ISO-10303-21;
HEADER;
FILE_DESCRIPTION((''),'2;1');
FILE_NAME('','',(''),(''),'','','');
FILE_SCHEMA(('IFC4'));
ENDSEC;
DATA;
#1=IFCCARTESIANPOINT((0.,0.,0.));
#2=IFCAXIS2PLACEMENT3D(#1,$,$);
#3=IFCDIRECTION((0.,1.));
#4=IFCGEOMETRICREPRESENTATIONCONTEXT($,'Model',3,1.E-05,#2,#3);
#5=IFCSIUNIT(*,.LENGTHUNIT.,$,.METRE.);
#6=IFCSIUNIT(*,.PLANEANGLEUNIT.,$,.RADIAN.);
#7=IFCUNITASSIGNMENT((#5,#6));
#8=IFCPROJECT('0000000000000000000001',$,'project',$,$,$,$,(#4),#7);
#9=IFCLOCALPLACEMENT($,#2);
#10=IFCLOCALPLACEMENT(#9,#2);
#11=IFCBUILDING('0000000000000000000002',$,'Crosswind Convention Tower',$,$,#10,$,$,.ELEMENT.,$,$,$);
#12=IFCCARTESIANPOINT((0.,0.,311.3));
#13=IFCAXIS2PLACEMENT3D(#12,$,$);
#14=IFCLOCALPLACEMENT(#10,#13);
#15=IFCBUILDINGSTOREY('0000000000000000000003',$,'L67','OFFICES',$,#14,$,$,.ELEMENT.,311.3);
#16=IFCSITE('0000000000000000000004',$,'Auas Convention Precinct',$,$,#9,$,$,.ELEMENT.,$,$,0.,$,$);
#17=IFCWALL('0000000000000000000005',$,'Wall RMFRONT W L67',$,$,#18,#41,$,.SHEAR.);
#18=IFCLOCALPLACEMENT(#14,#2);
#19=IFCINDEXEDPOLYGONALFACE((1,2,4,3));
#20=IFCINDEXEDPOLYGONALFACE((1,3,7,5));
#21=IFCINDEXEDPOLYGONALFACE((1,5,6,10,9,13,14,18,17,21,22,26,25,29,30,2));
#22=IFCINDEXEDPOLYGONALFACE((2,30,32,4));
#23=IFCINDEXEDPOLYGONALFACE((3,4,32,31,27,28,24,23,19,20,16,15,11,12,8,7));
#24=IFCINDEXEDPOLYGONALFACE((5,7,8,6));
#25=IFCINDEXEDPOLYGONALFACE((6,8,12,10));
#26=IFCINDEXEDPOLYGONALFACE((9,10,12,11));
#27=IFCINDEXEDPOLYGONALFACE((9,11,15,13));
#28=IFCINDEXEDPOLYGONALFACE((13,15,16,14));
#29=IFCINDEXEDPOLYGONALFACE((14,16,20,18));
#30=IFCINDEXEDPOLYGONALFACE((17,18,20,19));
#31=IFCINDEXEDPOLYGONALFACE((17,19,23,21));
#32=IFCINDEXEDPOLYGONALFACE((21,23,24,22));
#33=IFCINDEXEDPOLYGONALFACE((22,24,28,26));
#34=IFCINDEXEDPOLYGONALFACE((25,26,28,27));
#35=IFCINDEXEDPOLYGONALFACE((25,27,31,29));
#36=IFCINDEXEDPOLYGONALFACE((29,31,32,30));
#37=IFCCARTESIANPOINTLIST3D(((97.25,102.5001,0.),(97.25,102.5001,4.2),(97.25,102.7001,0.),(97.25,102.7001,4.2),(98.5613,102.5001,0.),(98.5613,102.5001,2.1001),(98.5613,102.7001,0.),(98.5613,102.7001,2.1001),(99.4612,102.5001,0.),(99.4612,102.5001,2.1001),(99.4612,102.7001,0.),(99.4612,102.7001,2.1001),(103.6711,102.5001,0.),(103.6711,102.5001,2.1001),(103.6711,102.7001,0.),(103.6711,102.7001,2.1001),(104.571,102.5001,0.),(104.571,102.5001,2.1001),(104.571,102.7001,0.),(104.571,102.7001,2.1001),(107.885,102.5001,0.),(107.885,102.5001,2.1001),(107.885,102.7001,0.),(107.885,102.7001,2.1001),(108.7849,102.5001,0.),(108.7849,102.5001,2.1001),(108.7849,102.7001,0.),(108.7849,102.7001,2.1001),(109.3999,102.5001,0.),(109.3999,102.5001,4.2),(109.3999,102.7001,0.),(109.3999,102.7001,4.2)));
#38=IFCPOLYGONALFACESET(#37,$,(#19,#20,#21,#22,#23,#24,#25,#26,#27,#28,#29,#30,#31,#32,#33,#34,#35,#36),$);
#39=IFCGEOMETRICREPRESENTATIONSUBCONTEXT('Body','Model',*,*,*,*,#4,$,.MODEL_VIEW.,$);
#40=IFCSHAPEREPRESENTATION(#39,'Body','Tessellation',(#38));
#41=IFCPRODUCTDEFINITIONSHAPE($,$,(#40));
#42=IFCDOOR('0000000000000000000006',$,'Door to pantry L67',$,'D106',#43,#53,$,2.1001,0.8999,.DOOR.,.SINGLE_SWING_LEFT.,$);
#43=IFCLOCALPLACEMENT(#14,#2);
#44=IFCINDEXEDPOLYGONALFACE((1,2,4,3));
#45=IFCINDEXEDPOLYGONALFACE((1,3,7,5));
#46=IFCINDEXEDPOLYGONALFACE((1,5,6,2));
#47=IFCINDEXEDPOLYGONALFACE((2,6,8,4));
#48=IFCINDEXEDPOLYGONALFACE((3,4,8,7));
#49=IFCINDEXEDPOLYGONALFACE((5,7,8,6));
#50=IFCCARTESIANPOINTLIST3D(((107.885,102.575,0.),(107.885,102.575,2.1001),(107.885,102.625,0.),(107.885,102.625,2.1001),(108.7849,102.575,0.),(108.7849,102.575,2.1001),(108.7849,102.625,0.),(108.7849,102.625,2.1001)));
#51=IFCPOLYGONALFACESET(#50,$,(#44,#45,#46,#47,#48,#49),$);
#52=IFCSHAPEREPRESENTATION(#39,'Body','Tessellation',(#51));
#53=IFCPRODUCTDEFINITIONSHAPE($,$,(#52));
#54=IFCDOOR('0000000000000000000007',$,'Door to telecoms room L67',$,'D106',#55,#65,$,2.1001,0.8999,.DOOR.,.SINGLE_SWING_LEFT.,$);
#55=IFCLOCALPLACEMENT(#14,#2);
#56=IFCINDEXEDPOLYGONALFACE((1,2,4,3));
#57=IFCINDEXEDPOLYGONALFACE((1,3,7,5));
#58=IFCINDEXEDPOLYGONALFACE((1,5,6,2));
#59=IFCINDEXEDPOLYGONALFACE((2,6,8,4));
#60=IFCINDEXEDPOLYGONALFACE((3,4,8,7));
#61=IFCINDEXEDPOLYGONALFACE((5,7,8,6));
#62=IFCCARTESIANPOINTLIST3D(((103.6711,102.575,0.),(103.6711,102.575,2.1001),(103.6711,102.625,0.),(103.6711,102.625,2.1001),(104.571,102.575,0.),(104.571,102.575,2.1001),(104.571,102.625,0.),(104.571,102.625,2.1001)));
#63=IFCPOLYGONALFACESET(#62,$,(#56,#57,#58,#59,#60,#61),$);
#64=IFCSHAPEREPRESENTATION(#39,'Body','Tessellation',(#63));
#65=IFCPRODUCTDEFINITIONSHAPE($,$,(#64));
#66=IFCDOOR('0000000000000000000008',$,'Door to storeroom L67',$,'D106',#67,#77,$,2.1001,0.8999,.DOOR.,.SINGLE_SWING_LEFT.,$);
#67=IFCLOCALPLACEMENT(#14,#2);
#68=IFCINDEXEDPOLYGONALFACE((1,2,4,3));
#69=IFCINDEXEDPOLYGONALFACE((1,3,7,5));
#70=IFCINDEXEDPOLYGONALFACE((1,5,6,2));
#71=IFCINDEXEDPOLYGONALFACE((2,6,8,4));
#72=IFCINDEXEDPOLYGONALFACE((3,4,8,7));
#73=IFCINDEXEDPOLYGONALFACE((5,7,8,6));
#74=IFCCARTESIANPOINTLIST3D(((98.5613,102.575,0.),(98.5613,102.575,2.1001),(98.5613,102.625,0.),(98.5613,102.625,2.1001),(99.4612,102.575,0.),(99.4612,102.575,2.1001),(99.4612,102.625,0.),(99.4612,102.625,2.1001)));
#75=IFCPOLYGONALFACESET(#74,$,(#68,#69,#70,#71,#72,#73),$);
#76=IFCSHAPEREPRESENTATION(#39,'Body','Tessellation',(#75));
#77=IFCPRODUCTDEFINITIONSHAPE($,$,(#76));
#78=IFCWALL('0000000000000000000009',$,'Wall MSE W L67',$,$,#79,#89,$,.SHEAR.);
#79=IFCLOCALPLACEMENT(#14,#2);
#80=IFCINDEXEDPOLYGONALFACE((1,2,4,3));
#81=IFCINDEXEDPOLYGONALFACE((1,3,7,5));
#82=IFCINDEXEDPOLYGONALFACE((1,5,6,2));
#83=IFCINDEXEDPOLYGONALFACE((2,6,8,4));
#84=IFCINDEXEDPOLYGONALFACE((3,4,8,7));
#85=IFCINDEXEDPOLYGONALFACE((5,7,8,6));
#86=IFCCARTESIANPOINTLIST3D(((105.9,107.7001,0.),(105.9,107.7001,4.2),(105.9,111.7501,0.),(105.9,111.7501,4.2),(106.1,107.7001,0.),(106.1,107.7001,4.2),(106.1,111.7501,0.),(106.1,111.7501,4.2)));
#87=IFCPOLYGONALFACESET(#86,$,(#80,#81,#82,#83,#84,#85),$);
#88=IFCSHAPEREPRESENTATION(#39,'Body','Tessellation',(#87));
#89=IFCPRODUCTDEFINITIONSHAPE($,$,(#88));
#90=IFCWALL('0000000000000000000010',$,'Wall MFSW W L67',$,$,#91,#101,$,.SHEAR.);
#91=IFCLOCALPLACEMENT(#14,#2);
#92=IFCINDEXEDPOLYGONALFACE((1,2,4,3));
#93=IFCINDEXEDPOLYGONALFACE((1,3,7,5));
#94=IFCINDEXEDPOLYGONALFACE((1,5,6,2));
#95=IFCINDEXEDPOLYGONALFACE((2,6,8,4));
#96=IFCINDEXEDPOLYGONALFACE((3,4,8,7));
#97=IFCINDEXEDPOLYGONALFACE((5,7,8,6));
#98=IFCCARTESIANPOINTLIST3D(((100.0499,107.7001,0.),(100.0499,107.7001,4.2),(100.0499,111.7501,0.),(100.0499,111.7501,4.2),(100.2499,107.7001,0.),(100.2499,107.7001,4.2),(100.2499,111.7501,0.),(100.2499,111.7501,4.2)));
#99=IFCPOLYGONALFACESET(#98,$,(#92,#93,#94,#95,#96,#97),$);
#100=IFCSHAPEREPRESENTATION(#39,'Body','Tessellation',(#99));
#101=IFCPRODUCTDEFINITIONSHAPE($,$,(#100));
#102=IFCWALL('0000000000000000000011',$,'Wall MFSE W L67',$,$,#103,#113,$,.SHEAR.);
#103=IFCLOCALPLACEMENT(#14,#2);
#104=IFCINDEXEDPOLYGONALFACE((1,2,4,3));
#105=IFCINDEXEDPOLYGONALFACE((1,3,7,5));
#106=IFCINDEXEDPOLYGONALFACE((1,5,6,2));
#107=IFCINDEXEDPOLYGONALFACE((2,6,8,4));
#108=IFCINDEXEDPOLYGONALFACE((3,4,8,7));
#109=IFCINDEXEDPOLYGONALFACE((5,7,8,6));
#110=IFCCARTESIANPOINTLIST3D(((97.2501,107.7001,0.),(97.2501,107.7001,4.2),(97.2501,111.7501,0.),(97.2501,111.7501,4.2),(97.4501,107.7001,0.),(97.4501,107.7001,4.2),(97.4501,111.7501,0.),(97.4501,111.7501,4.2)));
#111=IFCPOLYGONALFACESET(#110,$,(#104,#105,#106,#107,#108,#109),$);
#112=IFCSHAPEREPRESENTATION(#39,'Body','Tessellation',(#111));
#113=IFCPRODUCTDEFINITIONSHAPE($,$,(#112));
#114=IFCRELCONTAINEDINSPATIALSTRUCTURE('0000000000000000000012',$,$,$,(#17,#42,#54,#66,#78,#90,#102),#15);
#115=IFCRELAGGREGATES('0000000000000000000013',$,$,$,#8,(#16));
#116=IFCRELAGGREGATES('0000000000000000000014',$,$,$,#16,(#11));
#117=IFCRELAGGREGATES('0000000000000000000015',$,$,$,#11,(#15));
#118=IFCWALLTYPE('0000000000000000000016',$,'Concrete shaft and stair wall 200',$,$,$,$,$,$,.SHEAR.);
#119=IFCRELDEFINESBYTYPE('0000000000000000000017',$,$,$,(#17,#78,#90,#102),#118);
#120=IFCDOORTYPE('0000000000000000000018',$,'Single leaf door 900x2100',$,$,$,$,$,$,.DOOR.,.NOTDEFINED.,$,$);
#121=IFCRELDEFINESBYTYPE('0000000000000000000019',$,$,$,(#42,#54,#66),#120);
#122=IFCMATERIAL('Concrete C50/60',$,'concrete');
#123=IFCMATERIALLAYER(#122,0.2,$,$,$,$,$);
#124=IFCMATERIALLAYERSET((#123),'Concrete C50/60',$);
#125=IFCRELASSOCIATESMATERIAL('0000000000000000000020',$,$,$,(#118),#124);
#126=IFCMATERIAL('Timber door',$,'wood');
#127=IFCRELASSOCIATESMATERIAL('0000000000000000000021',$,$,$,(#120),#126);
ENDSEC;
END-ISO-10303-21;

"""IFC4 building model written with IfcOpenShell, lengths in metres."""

from ifc_helpers import new_model, si_unit, direction, frame, frame_2d, origin, place, context, subcontext, project, spatial, rectangle, extrude, material, layer, layer_set, type_object, element, fill, save


model = new_model("IFC4")

# Units and contexts
model_context = context("Model", 3, precision=1e-05, world=origin(), true_north=direction((0.0, 1.0)))
body_context = subcontext(model_context, "Body", "Model", "MODEL_VIEW")
ifc_project = project(units=[si_unit("LENGTHUNIT", "METRE"), si_unit("PLANEANGLEUNIT", "RADIAN")], contexts=[model_context])

# Site, building, storey
site_placement = place(None, origin())
site = spatial("IfcSite", under=ifc_project, at=site_placement, Name="Auas Convention Precinct", CompositionType="ELEMENT", RefElevation=0.0)
building_placement = place(site_placement, origin())
building = spatial("IfcBuilding", under=site, at=building_placement, Name="Crosswind Convention Tower", CompositionType="ELEMENT")
storey_placement = place(building_placement, frame((0.0, 0.0, 311.3)))
storey = spatial("IfcBuildingStorey", under=building, at=storey_placement, Name="L67", Description="OFFICES", CompositionType="ELEMENT", Elevation=311.3)

# Shared definitions
ifc_material_1 = material(Name="Concrete C50/60", Category="concrete")
ifc_layer_1 = layer(ifc_material_1, 0.2)
ifc_layer_set_1 = layer_set([ifc_layer_1], Name="Concrete C50/60")
wall_type_1 = type_object("IfcWallType", Name="Concrete shaft and stair wall 200", PredefinedType="SHEAR", material=ifc_layer_set_1)

# Wall, openings, doors
wall_1_placement = place(storey_placement, frame((109.3999, 102.6001, 0.0), z_axis=(0.0, 0.0, 1.0), x_axis=(-1.0, 0.0, 0.0)))
wall_1 = element("IfcWall", 1, at=wall_1_placement, inside=storey, type_object=wall_type_1, Name="Wall RMFRONT W L67", PredefinedType="SHEAR", context=body_context, shape_type="SweptSolid", body=[
    extrude(rectangle(XDim=12.1499, YDim=0.2, at=frame_2d((6.075, 0.0))), origin(), (0.0, 0.0, 1.0), 4.2),
])
opening_1_placement = place(wall_1_placement, frame((0.615, 0.0, 0.0)))
opening_1 = element("IfcOpeningElement", 2, at=opening_1_placement, cuts=wall_1, PredefinedType="OPENING", context=body_context, shape_type="SweptSolid", body=[
    extrude(rectangle(XDim=0.8999, YDim=2.1001, at=frame_2d((0.45, 1.05))), frame((0.0, 0.1099, 0.0), z_axis=(0.0, -1.0, 0.0), x_axis=(1.0, 0.0, 0.0)), (0.0, 0.0, 1.0), 0.22),
])
opening_2_placement = place(wall_1_placement, frame((4.8289, 0.0, 0.0)))
opening_2 = element("IfcOpeningElement", 3, at=opening_2_placement, cuts=wall_1, PredefinedType="OPENING", context=body_context, shape_type="SweptSolid", body=[
    extrude(rectangle(XDim=0.8999, YDim=2.1001, at=frame_2d((0.45, 1.05))), frame((0.0, 0.1099, 0.0), z_axis=(0.0, -1.0, 0.0), x_axis=(1.0, 0.0, 0.0)), (0.0, 0.0, 1.0), 0.22),
])
opening_3_placement = place(wall_1_placement, frame((9.9387, 0.0, 0.0)))
opening_3 = element("IfcOpeningElement", 4, at=opening_3_placement, cuts=wall_1, PredefinedType="OPENING", context=body_context, shape_type="SweptSolid", body=[
    extrude(rectangle(XDim=0.8999, YDim=2.1001, at=frame_2d((0.45, 1.05))), frame((0.0, 0.1099, 0.0), z_axis=(0.0, -1.0, 0.0), x_axis=(1.0, 0.0, 0.0)), (0.0, 0.0, 1.0), 0.22),
])
ifc_material_2 = material(Name="Timber door", Category="wood")
door_type_1 = type_object("IfcDoorType", Name="Single leaf door 900x2100", OperationType="NOTDEFINED", PredefinedType="DOOR", material=ifc_material_2)
door_1_placement = place(opening_1_placement, frame((0.8999, 0.0, 0.0), z_axis=(0.0, 0.0, 1.0), x_axis=(-1.0, 0.0, 0.0)))
door_1 = element("IfcDoor", 5, at=door_1_placement, inside=storey, type_object=door_type_1, Name="Door to pantry L67", ObjectType="D106", OperationType="SINGLE_SWING_LEFT", OverallHeight=2.1001, OverallWidth=0.8999, PredefinedType="DOOR", context=body_context, shape_type="SweptSolid", body=[
    extrude(rectangle(XDim=0.8999, YDim=2.1001, at=frame_2d((0.45, 1.05))), frame((0.0, 0.0249, 0.0), z_axis=(0.0, -1.0, 0.0), x_axis=(1.0, 0.0, 0.0)), (0.0, 0.0, 1.0), 0.05),
])
fill(opening_1, door_1)
door_2_placement = place(opening_2_placement, frame((0.8999, 0.0, 0.0), z_axis=(0.0, 0.0, 1.0), x_axis=(-1.0, 0.0, 0.0)))
door_2 = element("IfcDoor", 6, at=door_2_placement, inside=storey, type_object=door_type_1, Name="Door to telecoms room L67", ObjectType="D106", OperationType="SINGLE_SWING_LEFT", OverallHeight=2.1001, OverallWidth=0.8999, PredefinedType="DOOR", context=body_context, shape_type="SweptSolid", body=[
    extrude(rectangle(XDim=0.8999, YDim=2.1001, at=frame_2d((0.45, 1.05))), frame((0.0, 0.0249, 0.0), z_axis=(0.0, -1.0, 0.0), x_axis=(1.0, 0.0, 0.0)), (0.0, 0.0, 1.0), 0.05),
])
fill(opening_2, door_2)
door_3_placement = place(opening_3_placement, frame((0.8999, 0.0, 0.0), z_axis=(0.0, 0.0, 1.0), x_axis=(-1.0, 0.0, 0.0)))
door_3 = element("IfcDoor", 7, at=door_3_placement, inside=storey, type_object=door_type_1, Name="Door to storeroom L67", ObjectType="D106", OperationType="SINGLE_SWING_LEFT", OverallHeight=2.1001, OverallWidth=0.8999, PredefinedType="DOOR", context=body_context, shape_type="SweptSolid", body=[
    extrude(rectangle(XDim=0.8999, YDim=2.1001, at=frame_2d((0.45, 1.05))), frame((0.0, 0.0249, 0.0), z_axis=(0.0, -1.0, 0.0), x_axis=(1.0, 0.0, 0.0)), (0.0, 0.0, 1.0), 0.05),
])
fill(opening_3, door_3)

# Walls
for number, where, z_axis, x_axis, name in (
    (8, (106.0, 111.75, 0.0), (0.0, 0.0, 1.0), (0.0, -1.0, 0.0), "Wall MSE W L67"),
    (9, (100.1499, 111.75, 0.0), (0.0, 0.0, 1.0), (0.0, -1.0, 0.0), "Wall MFSW W L67"),
    (10, (97.3501, 111.75, 0.0), (0.0, 0.0, 1.0), (0.0, -1.0, 0.0), "Wall MFSE W L67"),
):
    element("IfcWall", number, at=place(storey_placement, frame(where, z_axis=z_axis, x_axis=x_axis)), inside=storey, type_object=wall_type_1, Name=name, PredefinedType="SHEAR", context=body_context, shape_type="SweptSolid", body=[
        extrude(rectangle(XDim=4.05, YDim=0.2, at=frame_2d((2.0249, 0.0))), origin(), (0.0, 0.0, 1.0), 4.2),
    ])

save(model, "model.ifc")
